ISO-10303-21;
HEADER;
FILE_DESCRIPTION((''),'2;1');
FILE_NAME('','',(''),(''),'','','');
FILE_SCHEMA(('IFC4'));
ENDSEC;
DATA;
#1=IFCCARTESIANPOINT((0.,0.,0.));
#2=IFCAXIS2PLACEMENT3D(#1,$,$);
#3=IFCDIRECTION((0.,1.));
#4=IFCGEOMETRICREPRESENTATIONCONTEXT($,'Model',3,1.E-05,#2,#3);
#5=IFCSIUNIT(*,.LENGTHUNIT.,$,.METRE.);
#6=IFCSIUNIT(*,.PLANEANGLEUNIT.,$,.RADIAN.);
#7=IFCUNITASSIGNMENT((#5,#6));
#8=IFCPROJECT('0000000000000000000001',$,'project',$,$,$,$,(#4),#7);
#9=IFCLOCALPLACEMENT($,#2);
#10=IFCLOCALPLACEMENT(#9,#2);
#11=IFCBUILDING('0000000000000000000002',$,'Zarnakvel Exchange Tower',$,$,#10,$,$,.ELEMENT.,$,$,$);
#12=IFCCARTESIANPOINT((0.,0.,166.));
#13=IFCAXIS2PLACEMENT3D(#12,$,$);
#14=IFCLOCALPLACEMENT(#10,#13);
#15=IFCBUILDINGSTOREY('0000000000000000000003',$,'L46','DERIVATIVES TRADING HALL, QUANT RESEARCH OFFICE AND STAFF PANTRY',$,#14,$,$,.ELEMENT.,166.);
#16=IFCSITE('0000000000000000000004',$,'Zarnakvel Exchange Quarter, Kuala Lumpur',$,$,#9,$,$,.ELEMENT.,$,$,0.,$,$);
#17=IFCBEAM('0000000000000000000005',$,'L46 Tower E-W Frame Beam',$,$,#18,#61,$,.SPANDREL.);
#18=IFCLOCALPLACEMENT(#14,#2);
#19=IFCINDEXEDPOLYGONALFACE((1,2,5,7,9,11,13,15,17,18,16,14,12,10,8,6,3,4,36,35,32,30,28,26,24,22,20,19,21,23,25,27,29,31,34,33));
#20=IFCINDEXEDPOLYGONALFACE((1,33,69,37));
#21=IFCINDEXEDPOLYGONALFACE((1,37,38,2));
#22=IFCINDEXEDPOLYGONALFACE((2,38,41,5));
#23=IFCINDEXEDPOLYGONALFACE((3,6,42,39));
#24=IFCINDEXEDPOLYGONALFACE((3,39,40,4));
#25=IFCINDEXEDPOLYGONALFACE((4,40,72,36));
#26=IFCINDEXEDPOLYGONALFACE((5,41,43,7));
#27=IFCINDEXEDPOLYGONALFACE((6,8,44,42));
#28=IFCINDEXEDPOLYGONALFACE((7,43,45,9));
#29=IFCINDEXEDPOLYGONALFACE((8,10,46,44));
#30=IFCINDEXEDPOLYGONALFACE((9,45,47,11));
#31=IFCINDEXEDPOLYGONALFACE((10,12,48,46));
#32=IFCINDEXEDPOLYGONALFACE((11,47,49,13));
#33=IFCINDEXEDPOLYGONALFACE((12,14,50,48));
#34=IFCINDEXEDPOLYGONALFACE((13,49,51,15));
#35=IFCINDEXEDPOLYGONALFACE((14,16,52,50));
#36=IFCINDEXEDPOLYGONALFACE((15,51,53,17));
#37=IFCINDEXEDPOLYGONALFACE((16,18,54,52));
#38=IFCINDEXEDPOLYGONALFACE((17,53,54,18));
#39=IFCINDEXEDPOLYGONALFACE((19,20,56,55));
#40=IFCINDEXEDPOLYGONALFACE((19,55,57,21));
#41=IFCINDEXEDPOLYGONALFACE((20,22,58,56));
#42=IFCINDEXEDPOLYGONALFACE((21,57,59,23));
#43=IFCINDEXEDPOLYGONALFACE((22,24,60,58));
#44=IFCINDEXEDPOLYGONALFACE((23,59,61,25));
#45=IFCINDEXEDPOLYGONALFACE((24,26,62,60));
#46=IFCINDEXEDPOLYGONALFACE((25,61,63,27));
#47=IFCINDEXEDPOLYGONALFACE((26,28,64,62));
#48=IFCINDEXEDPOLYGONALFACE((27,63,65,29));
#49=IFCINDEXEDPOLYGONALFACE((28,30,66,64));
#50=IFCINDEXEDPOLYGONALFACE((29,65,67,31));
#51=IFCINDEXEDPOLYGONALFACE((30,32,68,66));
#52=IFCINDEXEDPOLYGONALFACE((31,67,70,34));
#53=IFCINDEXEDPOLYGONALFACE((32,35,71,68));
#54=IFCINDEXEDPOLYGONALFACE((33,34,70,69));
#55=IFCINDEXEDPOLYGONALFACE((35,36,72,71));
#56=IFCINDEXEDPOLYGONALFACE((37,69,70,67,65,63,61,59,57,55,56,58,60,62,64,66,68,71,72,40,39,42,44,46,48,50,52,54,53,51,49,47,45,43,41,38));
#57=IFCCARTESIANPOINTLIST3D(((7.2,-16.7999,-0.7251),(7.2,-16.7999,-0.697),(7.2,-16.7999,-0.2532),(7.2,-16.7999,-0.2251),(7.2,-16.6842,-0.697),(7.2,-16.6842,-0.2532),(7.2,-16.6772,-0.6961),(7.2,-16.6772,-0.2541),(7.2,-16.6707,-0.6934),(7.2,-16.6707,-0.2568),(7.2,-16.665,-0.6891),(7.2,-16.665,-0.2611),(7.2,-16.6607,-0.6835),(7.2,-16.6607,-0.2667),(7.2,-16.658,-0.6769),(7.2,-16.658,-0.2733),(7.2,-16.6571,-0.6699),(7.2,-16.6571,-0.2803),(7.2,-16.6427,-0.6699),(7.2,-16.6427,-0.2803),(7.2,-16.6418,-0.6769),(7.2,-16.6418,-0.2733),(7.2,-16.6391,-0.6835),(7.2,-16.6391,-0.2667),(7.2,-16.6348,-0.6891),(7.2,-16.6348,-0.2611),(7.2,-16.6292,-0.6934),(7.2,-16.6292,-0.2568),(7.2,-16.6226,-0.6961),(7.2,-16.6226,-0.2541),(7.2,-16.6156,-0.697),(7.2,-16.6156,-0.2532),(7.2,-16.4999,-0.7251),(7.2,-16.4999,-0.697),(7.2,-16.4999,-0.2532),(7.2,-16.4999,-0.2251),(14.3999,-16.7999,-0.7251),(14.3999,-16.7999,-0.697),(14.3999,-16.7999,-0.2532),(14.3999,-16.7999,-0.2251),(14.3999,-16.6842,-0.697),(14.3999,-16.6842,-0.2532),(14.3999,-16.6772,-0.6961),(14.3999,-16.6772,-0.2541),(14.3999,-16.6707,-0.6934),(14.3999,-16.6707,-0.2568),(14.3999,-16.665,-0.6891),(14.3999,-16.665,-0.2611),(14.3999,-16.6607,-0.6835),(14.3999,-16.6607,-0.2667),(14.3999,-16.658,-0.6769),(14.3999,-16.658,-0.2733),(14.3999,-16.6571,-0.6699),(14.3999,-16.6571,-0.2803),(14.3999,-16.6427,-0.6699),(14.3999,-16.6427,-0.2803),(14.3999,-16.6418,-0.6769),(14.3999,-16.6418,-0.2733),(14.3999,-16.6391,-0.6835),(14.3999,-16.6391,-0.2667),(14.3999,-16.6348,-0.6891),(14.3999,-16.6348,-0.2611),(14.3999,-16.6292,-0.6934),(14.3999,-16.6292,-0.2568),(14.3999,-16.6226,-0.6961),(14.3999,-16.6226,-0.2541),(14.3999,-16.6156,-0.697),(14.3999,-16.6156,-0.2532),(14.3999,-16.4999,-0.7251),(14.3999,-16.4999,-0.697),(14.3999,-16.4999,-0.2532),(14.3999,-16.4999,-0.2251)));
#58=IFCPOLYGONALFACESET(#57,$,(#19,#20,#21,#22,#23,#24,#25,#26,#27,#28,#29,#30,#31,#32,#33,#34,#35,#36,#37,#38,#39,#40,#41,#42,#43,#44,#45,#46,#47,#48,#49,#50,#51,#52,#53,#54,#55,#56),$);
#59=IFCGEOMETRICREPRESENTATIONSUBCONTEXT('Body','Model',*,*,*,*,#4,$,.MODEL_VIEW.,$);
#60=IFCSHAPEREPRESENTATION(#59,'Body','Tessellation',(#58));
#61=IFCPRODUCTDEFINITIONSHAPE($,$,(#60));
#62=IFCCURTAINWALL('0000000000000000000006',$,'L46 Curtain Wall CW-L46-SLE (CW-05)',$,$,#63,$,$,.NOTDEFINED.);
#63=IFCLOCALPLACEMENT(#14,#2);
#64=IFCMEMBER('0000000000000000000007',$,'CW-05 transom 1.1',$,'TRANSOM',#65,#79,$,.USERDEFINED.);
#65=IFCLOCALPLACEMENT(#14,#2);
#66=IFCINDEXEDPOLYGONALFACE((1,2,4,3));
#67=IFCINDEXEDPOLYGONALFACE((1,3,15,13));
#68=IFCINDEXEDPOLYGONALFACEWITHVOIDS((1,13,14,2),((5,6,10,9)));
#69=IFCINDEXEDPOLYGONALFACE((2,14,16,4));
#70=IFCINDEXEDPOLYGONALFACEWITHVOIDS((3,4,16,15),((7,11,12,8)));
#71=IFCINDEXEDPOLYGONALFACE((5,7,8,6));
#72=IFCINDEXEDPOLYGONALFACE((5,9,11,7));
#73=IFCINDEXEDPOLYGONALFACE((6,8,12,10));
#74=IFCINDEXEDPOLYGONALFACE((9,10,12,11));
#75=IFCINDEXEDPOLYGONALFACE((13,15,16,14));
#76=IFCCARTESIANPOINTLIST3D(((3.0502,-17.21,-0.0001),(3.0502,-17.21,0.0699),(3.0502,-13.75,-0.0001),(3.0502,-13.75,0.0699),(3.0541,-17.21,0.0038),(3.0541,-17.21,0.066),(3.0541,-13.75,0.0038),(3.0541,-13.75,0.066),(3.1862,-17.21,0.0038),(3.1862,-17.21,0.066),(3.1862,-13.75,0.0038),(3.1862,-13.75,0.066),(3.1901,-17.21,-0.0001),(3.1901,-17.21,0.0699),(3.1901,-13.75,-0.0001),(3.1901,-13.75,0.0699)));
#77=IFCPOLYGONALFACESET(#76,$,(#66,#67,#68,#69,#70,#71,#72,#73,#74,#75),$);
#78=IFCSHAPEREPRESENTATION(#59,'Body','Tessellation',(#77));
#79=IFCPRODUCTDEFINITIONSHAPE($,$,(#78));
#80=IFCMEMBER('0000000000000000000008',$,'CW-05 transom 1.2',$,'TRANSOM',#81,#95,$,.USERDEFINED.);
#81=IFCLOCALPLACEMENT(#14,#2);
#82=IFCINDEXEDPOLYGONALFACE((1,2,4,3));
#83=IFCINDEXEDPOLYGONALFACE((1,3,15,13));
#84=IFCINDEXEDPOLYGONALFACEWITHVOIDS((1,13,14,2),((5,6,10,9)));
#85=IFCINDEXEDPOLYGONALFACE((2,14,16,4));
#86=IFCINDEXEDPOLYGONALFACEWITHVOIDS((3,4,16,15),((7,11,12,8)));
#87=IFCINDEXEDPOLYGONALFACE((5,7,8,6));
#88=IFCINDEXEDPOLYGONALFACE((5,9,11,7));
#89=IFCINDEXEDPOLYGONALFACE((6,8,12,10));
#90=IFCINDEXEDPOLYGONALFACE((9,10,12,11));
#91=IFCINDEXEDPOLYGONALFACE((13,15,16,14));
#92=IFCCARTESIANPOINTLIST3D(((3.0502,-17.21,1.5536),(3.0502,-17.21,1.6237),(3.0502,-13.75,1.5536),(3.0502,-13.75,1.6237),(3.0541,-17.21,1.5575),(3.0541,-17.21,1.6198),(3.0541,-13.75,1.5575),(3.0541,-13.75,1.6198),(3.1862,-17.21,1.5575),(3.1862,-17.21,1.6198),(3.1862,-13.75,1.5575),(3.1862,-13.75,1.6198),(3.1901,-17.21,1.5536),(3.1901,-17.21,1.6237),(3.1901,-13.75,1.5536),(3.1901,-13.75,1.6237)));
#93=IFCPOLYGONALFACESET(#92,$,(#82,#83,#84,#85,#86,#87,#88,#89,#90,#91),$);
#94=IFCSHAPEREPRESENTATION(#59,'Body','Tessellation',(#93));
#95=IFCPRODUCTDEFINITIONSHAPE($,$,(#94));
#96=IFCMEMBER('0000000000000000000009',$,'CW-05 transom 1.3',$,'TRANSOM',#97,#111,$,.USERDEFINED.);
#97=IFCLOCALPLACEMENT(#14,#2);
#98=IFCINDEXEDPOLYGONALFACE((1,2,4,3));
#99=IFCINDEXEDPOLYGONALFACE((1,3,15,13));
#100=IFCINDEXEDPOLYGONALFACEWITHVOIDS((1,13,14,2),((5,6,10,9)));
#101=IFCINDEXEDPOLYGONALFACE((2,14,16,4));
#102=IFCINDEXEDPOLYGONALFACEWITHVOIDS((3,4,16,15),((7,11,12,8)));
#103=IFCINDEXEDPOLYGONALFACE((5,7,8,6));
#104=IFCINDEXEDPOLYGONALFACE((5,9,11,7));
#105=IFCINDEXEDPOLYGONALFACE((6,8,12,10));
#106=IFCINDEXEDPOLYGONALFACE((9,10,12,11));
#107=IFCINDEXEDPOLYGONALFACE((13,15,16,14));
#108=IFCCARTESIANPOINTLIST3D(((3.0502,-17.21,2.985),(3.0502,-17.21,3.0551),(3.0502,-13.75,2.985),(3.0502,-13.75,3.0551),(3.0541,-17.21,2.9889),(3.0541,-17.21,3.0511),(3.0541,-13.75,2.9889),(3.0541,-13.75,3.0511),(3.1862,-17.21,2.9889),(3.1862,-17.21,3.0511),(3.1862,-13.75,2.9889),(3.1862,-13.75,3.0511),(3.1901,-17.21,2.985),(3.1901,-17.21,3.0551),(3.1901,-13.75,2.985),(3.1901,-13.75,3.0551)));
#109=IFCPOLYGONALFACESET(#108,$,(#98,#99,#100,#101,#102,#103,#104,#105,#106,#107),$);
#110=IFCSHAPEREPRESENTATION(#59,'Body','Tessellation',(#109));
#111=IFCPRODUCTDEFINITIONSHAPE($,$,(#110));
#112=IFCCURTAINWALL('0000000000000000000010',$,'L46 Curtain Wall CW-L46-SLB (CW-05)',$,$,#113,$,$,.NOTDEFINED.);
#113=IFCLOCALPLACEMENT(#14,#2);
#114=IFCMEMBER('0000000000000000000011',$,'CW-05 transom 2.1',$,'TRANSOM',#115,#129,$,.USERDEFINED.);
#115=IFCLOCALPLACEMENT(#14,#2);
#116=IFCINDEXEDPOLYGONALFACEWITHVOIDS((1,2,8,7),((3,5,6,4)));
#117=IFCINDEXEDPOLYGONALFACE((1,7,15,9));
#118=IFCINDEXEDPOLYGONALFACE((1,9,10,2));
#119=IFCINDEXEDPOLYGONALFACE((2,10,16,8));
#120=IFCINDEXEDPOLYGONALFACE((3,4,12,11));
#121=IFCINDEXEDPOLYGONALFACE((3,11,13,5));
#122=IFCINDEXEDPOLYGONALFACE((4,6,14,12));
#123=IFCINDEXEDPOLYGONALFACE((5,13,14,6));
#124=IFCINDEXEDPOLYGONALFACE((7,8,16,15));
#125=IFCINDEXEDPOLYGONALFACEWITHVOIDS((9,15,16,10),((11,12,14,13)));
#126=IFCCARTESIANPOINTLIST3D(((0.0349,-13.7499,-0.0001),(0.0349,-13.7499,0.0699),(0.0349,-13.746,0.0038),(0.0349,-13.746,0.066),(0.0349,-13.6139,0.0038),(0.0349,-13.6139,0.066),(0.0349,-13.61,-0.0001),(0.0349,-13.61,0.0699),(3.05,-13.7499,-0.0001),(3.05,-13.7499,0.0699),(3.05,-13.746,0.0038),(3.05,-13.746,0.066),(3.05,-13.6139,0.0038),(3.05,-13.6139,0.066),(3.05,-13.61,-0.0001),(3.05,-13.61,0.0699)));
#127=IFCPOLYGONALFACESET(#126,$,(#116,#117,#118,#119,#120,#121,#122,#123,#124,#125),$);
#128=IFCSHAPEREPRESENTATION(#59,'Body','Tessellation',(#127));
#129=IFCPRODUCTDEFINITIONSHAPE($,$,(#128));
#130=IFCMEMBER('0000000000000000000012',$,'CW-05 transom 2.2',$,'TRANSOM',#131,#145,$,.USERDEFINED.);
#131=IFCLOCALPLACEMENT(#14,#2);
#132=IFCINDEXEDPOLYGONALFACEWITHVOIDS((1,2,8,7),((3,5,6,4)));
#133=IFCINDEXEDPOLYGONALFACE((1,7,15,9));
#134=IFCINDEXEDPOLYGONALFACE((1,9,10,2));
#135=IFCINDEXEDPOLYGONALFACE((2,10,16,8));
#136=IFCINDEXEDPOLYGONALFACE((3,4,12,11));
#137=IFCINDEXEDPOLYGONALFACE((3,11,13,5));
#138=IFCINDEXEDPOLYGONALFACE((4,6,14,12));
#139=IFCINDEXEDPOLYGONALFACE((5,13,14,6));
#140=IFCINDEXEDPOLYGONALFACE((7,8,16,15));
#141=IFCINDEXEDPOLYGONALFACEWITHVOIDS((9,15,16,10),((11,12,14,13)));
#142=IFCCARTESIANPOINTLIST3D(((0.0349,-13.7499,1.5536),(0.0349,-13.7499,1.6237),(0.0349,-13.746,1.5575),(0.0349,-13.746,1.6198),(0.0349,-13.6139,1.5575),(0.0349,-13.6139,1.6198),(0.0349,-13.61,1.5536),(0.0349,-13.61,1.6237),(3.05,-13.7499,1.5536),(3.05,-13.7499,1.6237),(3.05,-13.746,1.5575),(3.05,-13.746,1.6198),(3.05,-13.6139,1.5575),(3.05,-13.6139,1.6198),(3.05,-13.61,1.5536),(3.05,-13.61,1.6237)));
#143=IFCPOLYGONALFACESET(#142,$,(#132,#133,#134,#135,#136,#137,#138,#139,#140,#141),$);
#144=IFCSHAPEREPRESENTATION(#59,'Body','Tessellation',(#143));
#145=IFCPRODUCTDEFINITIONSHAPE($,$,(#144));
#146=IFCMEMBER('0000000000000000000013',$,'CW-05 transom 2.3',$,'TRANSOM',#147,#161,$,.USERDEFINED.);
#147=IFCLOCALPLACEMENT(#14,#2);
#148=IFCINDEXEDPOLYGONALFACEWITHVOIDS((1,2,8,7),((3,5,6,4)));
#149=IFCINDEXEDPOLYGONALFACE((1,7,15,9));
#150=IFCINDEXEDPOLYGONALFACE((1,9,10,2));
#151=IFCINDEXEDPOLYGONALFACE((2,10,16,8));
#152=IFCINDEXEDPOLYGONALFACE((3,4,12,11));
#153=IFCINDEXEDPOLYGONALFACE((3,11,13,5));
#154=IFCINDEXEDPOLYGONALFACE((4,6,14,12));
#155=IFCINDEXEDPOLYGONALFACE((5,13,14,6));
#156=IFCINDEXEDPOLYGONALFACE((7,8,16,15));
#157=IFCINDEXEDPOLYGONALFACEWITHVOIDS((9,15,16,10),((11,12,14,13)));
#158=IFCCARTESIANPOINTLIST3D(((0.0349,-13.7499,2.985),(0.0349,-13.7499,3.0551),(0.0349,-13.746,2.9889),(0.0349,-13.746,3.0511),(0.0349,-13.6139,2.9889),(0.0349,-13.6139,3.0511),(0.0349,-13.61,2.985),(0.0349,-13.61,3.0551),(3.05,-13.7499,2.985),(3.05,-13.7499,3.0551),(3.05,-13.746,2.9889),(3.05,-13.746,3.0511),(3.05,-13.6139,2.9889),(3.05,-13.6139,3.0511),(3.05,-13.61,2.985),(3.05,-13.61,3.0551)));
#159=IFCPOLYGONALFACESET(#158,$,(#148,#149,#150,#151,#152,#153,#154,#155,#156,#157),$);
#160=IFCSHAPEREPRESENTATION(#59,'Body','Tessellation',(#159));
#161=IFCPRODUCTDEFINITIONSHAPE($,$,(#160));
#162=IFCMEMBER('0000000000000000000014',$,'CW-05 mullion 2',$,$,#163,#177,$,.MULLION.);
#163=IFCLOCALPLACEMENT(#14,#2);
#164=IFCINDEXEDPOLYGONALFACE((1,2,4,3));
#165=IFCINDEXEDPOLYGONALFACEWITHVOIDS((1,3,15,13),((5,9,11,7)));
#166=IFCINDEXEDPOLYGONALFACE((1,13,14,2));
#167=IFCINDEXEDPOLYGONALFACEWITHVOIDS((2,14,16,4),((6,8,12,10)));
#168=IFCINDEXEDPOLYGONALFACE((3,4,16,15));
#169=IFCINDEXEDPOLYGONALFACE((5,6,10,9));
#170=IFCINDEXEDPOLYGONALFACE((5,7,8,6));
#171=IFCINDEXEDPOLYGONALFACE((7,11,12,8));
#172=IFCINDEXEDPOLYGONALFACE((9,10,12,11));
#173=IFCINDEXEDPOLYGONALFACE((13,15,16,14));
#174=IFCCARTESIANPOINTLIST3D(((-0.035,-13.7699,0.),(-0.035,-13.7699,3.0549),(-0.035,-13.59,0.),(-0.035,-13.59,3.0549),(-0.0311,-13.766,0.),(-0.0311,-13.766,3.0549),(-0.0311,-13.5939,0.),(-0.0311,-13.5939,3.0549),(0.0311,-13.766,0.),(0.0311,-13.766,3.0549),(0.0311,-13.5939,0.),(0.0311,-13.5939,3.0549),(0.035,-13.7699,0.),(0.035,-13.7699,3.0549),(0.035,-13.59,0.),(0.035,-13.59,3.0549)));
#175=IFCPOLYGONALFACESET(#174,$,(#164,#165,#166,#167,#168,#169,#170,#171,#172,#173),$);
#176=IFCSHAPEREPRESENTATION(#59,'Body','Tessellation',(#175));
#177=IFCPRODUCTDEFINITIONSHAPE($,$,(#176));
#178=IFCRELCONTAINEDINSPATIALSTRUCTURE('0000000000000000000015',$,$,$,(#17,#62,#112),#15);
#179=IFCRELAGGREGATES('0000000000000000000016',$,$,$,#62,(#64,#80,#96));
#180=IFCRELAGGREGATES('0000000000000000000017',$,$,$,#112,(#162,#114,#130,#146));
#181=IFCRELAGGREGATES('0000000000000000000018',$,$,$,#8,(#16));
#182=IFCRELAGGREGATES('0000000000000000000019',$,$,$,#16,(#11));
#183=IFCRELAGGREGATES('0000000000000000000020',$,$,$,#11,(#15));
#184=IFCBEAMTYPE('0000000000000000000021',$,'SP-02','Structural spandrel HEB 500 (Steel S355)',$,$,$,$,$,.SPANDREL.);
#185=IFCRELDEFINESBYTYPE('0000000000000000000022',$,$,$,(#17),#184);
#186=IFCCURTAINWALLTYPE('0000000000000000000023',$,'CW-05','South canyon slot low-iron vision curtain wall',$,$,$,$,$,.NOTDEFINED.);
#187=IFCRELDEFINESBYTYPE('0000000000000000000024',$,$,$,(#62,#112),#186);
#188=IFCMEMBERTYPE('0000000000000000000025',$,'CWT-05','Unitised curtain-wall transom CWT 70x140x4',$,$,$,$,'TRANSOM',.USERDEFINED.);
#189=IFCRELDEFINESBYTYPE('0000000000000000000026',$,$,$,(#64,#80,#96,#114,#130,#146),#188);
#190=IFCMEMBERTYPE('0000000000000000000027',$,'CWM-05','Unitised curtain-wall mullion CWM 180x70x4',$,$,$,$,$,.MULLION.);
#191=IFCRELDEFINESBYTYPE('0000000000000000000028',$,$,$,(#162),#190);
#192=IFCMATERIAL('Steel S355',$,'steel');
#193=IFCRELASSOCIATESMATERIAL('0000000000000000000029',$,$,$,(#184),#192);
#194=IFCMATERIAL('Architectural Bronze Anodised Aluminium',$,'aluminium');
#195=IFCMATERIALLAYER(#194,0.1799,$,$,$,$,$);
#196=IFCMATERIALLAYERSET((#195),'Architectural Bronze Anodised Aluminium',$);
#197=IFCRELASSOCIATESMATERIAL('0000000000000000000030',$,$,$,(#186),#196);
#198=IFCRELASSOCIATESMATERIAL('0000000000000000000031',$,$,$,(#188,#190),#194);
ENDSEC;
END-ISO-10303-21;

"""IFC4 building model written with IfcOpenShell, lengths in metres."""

from ifc_helpers import new_model, si_unit, direction, frame, origin, origin_2d, place, context, subcontext, project, spatial, hollow_rectangle, i_section, extrude, source, transform, mapped, material, layer, layer_set, material_profile, profile_set, type_object, element, aggregate, save


model = new_model("IFC4")

# Units and contexts
model_context = context("Model", 3, precision=1e-05, world=origin(), true_north=direction((0.0, 1.0)))
body_context = subcontext(model_context, "Body", "Model", "MODEL_VIEW")
ifc_project = project(units=[si_unit("LENGTHUNIT", "METRE"), si_unit("PLANEANGLEUNIT", "RADIAN")], contexts=[model_context])

# Site, building, storey
site_placement = place(None, origin())
site = spatial("IfcSite", under=ifc_project, at=site_placement, Name="Zarnakvel Exchange Quarter, Kuala Lumpur", CompositionType="ELEMENT", RefElevation=0.0)
building_placement = place(site_placement, origin())
building = spatial("IfcBuilding", under=site, at=building_placement, Name="Zarnakvel Exchange Tower", CompositionType="ELEMENT")
storey_placement = place(building_placement, frame((0.0, 0.0, 166.0)))
storey = spatial("IfcBuildingStorey", under=building, at=storey_placement, Name="L46", Description="DERIVATIVES TRADING HALL, QUANT RESEARCH OFFICE AND STAFF PANTRY", CompositionType="ELEMENT", Elevation=166.0)

# Beam
ifc_material_1 = material(Name="Steel S355", Category="steel")
ifc_material_profile_1 = material_profile(ifc_material_1, i_section(OverallWidth=0.3, OverallDepth=0.5, WebThickness=0.0144, FlangeThickness=0.0281, FilletRadius=0.0271, at=origin_2d()))
ifc_profile_set_1 = profile_set([ifc_material_profile_1], Name="Steel S355")
beam_type_1 = type_object("IfcBeamType", Name="SP-02", Description="Structural spandrel HEB 500 (Steel S355)", PredefinedType="SPANDREL", material=ifc_profile_set_1)
beam_1_placement = place(storey_placement, frame((7.2, -16.6499, -0.4751), z_axis=(1.0, 0.0, 0.0), x_axis=(0.0, 1.0, 0.0)))
element("IfcBeam", 1, at=beam_1_placement, inside=storey, type_object=beam_type_1, Name="L46 Tower E-W Frame Beam", PredefinedType="SPANDREL", context=body_context, shape_type="SweptSolid", body=[
    extrude(i_section(OverallWidth=0.3, OverallDepth=0.5, WebThickness=0.0144, FlangeThickness=0.0281, FilletRadius=0.0271, at=origin_2d()), origin(), (0.0, 0.0, 1.0), 7.2),
])

# Curtain walls, members
ifc_material_2 = material(Name="Architectural Bronze Anodised Aluminium", Category="aluminium")
ifc_layer_1 = layer(ifc_material_2, 0.1799)
ifc_layer_set_1 = layer_set([ifc_layer_1], Name="Architectural Bronze Anodised Aluminium")
curtain_wall_type = type_object("IfcCurtainWallType", Name="CW-05", Description="South canyon slot low-iron vision curtain wall", PredefinedType="NOTDEFINED", material=ifc_layer_set_1)
curtain_wall_1_placement = place(storey_placement, origin())
curtain_wall_1 = element("IfcCurtainWall", 2, at=curtain_wall_1_placement, inside=storey, type_object=curtain_wall_type, Name="L46 Curtain Wall CW-L46-SLE (CW-05)", PredefinedType="NOTDEFINED")
ifc_material_profile_2 = material_profile(ifc_material_2, hollow_rectangle(XDim=0.1399, YDim=0.0701, WallThickness=0.0039, at=origin_2d()))
ifc_profile_set_2 = profile_set([ifc_material_profile_2], Name="Architectural Bronze Anodised Aluminium")
member_type_1 = type_object("IfcMemberType", Name="CWT-05", Description="Unitised curtain-wall transom CWT 70x140x4", ElementType="TRANSOM", PredefinedType="USERDEFINED", material=ifc_profile_set_2)
shared_shape_1 = source(origin(), body_context, "Body", "SweptSolid", [
    extrude(hollow_rectangle(XDim=0.1399, YDim=0.0701, WallThickness=0.0039, at=origin_2d()), origin(), (0.0, 0.0, 1.0), 3.46),
])
member_1_placement = place(storey_placement, frame((3.1201, -13.75, 0.0349), z_axis=(0.0, -1.0, 0.0), x_axis=(1.0, 0.0, 0.0)))
member_1 = element("IfcMember", 3, at=member_1_placement, type_object=member_type_1, Name="CW-05 transom 1.1", ObjectType="TRANSOM", PredefinedType="USERDEFINED", context=body_context, shape_type="MappedRepresentation", body=[
    mapped(shared_shape_1, transform((0.0, 0.0, 0.0), x_axis=(1.0, 0.0, 0.0), y_axis=(0.0, 1.0, 0.0), z_axis=(0.0, 0.0, 1.0), scale=1.0)),
])
member_2_placement = place(storey_placement, frame((3.1201, -13.75, 1.5886), z_axis=(0.0, -1.0, 0.0), x_axis=(1.0, 0.0, 0.0)))
member_2 = element("IfcMember", 4, at=member_2_placement, type_object=member_type_1, Name="CW-05 transom 1.2", ObjectType="TRANSOM", PredefinedType="USERDEFINED", context=body_context, shape_type="MappedRepresentation", body=[
    mapped(shared_shape_1, transform((0.0, 0.0, 0.0), x_axis=(1.0, 0.0, 0.0), y_axis=(0.0, 1.0, 0.0), z_axis=(0.0, 0.0, 1.0), scale=1.0)),
])
member_3_placement = place(storey_placement, frame((3.1201, -13.75, 3.02), z_axis=(0.0, -1.0, 0.0), x_axis=(1.0, 0.0, 0.0)))
member_3 = element("IfcMember", 5, at=member_3_placement, type_object=member_type_1, Name="CW-05 transom 1.3", ObjectType="TRANSOM", PredefinedType="USERDEFINED", context=body_context, shape_type="MappedRepresentation", body=[
    mapped(shared_shape_1, transform((0.0, 0.0, 0.0), x_axis=(1.0, 0.0, 0.0), y_axis=(0.0, 1.0, 0.0), z_axis=(0.0, 0.0, 1.0), scale=1.0)),
])
curtain_wall_2_placement = place(storey_placement, origin())
curtain_wall_2 = element("IfcCurtainWall", 6, at=curtain_wall_2_placement, inside=storey, type_object=curtain_wall_type, Name="L46 Curtain Wall CW-L46-SLB (CW-05)", PredefinedType="NOTDEFINED")
shared_shape_2 = source(origin(), body_context, "Body", "SweptSolid", [
    extrude(hollow_rectangle(XDim=0.1399, YDim=0.0701, WallThickness=0.0039, at=origin_2d()), origin(), (0.0, 0.0, 1.0), 3.0151),
])
member_4_placement = place(storey_placement, frame((0.0349, -13.6799, 0.0349), z_axis=(1.0, 0.0, 0.0), x_axis=(0.0, 1.0, 0.0)))
member_4 = element("IfcMember", 7, at=member_4_placement, type_object=member_type_1, Name="CW-05 transom 2.1", ObjectType="TRANSOM", PredefinedType="USERDEFINED", context=body_context, shape_type="MappedRepresentation", body=[
    mapped(shared_shape_2, transform((0.0, 0.0, 0.0), x_axis=(1.0, 0.0, 0.0), y_axis=(0.0, 1.0, 0.0), z_axis=(0.0, 0.0, 1.0), scale=1.0)),
])
member_5_placement = place(storey_placement, frame((0.0349, -13.6799, 1.5886), z_axis=(1.0, 0.0, 0.0), x_axis=(0.0, 1.0, 0.0)))
member_5 = element("IfcMember", 8, at=member_5_placement, type_object=member_type_1, Name="CW-05 transom 2.2", ObjectType="TRANSOM", PredefinedType="USERDEFINED", context=body_context, shape_type="MappedRepresentation", body=[
    mapped(shared_shape_2, transform((0.0, 0.0, 0.0), x_axis=(1.0, 0.0, 0.0), y_axis=(0.0, 1.0, 0.0), z_axis=(0.0, 0.0, 1.0), scale=1.0)),
])
member_6_placement = place(storey_placement, frame((0.0349, -13.6799, 3.02), z_axis=(1.0, 0.0, 0.0), x_axis=(0.0, 1.0, 0.0)))
member_6 = element("IfcMember", 9, at=member_6_placement, type_object=member_type_1, Name="CW-05 transom 2.3", ObjectType="TRANSOM", PredefinedType="USERDEFINED", context=body_context, shape_type="MappedRepresentation", body=[
    mapped(shared_shape_2, transform((0.0, 0.0, 0.0), x_axis=(1.0, 0.0, 0.0), y_axis=(0.0, 1.0, 0.0), z_axis=(0.0, 0.0, 1.0), scale=1.0)),
])
ifc_material_profile_3 = material_profile(ifc_material_2, hollow_rectangle(XDim=0.1799, YDim=0.0701, WallThickness=0.0039, at=origin_2d()))
ifc_profile_set_3 = profile_set([ifc_material_profile_3], Name="Architectural Bronze Anodised Aluminium")
member_type_2 = type_object("IfcMemberType", Name="CWM-05", Description="Unitised curtain-wall mullion CWM 180x70x4", PredefinedType="MULLION", material=ifc_profile_set_3)
shared_shape_3 = source(origin(), body_context, "Body", "SweptSolid", [
    extrude(hollow_rectangle(XDim=0.1799, YDim=0.0701, WallThickness=0.0039, at=origin_2d()), origin(), (0.0, 0.0, 1.0), 3.0549),
])
member_7_placement = place(storey_placement, frame((0.0, -13.6799, 0.0), z_axis=(0.0, 0.0, 1.0), x_axis=(0.0, 1.0, 0.0)))
member_7 = element("IfcMember", 10, at=member_7_placement, type_object=member_type_2, Name="CW-05 mullion 2", PredefinedType="MULLION", context=body_context, shape_type="MappedRepresentation", body=[
    mapped(shared_shape_3, transform((0.0, 0.0, 0.0), x_axis=(1.0, 0.0, 0.0), y_axis=(0.0, 1.0, 0.0), z_axis=(0.0, 0.0, 1.0), scale=1.0)),
])

aggregate(curtain_wall_1, [member_1, member_2, member_3])
aggregate(curtain_wall_2, [member_7, member_4, member_5, member_6])

save(model, "model.ifc")
